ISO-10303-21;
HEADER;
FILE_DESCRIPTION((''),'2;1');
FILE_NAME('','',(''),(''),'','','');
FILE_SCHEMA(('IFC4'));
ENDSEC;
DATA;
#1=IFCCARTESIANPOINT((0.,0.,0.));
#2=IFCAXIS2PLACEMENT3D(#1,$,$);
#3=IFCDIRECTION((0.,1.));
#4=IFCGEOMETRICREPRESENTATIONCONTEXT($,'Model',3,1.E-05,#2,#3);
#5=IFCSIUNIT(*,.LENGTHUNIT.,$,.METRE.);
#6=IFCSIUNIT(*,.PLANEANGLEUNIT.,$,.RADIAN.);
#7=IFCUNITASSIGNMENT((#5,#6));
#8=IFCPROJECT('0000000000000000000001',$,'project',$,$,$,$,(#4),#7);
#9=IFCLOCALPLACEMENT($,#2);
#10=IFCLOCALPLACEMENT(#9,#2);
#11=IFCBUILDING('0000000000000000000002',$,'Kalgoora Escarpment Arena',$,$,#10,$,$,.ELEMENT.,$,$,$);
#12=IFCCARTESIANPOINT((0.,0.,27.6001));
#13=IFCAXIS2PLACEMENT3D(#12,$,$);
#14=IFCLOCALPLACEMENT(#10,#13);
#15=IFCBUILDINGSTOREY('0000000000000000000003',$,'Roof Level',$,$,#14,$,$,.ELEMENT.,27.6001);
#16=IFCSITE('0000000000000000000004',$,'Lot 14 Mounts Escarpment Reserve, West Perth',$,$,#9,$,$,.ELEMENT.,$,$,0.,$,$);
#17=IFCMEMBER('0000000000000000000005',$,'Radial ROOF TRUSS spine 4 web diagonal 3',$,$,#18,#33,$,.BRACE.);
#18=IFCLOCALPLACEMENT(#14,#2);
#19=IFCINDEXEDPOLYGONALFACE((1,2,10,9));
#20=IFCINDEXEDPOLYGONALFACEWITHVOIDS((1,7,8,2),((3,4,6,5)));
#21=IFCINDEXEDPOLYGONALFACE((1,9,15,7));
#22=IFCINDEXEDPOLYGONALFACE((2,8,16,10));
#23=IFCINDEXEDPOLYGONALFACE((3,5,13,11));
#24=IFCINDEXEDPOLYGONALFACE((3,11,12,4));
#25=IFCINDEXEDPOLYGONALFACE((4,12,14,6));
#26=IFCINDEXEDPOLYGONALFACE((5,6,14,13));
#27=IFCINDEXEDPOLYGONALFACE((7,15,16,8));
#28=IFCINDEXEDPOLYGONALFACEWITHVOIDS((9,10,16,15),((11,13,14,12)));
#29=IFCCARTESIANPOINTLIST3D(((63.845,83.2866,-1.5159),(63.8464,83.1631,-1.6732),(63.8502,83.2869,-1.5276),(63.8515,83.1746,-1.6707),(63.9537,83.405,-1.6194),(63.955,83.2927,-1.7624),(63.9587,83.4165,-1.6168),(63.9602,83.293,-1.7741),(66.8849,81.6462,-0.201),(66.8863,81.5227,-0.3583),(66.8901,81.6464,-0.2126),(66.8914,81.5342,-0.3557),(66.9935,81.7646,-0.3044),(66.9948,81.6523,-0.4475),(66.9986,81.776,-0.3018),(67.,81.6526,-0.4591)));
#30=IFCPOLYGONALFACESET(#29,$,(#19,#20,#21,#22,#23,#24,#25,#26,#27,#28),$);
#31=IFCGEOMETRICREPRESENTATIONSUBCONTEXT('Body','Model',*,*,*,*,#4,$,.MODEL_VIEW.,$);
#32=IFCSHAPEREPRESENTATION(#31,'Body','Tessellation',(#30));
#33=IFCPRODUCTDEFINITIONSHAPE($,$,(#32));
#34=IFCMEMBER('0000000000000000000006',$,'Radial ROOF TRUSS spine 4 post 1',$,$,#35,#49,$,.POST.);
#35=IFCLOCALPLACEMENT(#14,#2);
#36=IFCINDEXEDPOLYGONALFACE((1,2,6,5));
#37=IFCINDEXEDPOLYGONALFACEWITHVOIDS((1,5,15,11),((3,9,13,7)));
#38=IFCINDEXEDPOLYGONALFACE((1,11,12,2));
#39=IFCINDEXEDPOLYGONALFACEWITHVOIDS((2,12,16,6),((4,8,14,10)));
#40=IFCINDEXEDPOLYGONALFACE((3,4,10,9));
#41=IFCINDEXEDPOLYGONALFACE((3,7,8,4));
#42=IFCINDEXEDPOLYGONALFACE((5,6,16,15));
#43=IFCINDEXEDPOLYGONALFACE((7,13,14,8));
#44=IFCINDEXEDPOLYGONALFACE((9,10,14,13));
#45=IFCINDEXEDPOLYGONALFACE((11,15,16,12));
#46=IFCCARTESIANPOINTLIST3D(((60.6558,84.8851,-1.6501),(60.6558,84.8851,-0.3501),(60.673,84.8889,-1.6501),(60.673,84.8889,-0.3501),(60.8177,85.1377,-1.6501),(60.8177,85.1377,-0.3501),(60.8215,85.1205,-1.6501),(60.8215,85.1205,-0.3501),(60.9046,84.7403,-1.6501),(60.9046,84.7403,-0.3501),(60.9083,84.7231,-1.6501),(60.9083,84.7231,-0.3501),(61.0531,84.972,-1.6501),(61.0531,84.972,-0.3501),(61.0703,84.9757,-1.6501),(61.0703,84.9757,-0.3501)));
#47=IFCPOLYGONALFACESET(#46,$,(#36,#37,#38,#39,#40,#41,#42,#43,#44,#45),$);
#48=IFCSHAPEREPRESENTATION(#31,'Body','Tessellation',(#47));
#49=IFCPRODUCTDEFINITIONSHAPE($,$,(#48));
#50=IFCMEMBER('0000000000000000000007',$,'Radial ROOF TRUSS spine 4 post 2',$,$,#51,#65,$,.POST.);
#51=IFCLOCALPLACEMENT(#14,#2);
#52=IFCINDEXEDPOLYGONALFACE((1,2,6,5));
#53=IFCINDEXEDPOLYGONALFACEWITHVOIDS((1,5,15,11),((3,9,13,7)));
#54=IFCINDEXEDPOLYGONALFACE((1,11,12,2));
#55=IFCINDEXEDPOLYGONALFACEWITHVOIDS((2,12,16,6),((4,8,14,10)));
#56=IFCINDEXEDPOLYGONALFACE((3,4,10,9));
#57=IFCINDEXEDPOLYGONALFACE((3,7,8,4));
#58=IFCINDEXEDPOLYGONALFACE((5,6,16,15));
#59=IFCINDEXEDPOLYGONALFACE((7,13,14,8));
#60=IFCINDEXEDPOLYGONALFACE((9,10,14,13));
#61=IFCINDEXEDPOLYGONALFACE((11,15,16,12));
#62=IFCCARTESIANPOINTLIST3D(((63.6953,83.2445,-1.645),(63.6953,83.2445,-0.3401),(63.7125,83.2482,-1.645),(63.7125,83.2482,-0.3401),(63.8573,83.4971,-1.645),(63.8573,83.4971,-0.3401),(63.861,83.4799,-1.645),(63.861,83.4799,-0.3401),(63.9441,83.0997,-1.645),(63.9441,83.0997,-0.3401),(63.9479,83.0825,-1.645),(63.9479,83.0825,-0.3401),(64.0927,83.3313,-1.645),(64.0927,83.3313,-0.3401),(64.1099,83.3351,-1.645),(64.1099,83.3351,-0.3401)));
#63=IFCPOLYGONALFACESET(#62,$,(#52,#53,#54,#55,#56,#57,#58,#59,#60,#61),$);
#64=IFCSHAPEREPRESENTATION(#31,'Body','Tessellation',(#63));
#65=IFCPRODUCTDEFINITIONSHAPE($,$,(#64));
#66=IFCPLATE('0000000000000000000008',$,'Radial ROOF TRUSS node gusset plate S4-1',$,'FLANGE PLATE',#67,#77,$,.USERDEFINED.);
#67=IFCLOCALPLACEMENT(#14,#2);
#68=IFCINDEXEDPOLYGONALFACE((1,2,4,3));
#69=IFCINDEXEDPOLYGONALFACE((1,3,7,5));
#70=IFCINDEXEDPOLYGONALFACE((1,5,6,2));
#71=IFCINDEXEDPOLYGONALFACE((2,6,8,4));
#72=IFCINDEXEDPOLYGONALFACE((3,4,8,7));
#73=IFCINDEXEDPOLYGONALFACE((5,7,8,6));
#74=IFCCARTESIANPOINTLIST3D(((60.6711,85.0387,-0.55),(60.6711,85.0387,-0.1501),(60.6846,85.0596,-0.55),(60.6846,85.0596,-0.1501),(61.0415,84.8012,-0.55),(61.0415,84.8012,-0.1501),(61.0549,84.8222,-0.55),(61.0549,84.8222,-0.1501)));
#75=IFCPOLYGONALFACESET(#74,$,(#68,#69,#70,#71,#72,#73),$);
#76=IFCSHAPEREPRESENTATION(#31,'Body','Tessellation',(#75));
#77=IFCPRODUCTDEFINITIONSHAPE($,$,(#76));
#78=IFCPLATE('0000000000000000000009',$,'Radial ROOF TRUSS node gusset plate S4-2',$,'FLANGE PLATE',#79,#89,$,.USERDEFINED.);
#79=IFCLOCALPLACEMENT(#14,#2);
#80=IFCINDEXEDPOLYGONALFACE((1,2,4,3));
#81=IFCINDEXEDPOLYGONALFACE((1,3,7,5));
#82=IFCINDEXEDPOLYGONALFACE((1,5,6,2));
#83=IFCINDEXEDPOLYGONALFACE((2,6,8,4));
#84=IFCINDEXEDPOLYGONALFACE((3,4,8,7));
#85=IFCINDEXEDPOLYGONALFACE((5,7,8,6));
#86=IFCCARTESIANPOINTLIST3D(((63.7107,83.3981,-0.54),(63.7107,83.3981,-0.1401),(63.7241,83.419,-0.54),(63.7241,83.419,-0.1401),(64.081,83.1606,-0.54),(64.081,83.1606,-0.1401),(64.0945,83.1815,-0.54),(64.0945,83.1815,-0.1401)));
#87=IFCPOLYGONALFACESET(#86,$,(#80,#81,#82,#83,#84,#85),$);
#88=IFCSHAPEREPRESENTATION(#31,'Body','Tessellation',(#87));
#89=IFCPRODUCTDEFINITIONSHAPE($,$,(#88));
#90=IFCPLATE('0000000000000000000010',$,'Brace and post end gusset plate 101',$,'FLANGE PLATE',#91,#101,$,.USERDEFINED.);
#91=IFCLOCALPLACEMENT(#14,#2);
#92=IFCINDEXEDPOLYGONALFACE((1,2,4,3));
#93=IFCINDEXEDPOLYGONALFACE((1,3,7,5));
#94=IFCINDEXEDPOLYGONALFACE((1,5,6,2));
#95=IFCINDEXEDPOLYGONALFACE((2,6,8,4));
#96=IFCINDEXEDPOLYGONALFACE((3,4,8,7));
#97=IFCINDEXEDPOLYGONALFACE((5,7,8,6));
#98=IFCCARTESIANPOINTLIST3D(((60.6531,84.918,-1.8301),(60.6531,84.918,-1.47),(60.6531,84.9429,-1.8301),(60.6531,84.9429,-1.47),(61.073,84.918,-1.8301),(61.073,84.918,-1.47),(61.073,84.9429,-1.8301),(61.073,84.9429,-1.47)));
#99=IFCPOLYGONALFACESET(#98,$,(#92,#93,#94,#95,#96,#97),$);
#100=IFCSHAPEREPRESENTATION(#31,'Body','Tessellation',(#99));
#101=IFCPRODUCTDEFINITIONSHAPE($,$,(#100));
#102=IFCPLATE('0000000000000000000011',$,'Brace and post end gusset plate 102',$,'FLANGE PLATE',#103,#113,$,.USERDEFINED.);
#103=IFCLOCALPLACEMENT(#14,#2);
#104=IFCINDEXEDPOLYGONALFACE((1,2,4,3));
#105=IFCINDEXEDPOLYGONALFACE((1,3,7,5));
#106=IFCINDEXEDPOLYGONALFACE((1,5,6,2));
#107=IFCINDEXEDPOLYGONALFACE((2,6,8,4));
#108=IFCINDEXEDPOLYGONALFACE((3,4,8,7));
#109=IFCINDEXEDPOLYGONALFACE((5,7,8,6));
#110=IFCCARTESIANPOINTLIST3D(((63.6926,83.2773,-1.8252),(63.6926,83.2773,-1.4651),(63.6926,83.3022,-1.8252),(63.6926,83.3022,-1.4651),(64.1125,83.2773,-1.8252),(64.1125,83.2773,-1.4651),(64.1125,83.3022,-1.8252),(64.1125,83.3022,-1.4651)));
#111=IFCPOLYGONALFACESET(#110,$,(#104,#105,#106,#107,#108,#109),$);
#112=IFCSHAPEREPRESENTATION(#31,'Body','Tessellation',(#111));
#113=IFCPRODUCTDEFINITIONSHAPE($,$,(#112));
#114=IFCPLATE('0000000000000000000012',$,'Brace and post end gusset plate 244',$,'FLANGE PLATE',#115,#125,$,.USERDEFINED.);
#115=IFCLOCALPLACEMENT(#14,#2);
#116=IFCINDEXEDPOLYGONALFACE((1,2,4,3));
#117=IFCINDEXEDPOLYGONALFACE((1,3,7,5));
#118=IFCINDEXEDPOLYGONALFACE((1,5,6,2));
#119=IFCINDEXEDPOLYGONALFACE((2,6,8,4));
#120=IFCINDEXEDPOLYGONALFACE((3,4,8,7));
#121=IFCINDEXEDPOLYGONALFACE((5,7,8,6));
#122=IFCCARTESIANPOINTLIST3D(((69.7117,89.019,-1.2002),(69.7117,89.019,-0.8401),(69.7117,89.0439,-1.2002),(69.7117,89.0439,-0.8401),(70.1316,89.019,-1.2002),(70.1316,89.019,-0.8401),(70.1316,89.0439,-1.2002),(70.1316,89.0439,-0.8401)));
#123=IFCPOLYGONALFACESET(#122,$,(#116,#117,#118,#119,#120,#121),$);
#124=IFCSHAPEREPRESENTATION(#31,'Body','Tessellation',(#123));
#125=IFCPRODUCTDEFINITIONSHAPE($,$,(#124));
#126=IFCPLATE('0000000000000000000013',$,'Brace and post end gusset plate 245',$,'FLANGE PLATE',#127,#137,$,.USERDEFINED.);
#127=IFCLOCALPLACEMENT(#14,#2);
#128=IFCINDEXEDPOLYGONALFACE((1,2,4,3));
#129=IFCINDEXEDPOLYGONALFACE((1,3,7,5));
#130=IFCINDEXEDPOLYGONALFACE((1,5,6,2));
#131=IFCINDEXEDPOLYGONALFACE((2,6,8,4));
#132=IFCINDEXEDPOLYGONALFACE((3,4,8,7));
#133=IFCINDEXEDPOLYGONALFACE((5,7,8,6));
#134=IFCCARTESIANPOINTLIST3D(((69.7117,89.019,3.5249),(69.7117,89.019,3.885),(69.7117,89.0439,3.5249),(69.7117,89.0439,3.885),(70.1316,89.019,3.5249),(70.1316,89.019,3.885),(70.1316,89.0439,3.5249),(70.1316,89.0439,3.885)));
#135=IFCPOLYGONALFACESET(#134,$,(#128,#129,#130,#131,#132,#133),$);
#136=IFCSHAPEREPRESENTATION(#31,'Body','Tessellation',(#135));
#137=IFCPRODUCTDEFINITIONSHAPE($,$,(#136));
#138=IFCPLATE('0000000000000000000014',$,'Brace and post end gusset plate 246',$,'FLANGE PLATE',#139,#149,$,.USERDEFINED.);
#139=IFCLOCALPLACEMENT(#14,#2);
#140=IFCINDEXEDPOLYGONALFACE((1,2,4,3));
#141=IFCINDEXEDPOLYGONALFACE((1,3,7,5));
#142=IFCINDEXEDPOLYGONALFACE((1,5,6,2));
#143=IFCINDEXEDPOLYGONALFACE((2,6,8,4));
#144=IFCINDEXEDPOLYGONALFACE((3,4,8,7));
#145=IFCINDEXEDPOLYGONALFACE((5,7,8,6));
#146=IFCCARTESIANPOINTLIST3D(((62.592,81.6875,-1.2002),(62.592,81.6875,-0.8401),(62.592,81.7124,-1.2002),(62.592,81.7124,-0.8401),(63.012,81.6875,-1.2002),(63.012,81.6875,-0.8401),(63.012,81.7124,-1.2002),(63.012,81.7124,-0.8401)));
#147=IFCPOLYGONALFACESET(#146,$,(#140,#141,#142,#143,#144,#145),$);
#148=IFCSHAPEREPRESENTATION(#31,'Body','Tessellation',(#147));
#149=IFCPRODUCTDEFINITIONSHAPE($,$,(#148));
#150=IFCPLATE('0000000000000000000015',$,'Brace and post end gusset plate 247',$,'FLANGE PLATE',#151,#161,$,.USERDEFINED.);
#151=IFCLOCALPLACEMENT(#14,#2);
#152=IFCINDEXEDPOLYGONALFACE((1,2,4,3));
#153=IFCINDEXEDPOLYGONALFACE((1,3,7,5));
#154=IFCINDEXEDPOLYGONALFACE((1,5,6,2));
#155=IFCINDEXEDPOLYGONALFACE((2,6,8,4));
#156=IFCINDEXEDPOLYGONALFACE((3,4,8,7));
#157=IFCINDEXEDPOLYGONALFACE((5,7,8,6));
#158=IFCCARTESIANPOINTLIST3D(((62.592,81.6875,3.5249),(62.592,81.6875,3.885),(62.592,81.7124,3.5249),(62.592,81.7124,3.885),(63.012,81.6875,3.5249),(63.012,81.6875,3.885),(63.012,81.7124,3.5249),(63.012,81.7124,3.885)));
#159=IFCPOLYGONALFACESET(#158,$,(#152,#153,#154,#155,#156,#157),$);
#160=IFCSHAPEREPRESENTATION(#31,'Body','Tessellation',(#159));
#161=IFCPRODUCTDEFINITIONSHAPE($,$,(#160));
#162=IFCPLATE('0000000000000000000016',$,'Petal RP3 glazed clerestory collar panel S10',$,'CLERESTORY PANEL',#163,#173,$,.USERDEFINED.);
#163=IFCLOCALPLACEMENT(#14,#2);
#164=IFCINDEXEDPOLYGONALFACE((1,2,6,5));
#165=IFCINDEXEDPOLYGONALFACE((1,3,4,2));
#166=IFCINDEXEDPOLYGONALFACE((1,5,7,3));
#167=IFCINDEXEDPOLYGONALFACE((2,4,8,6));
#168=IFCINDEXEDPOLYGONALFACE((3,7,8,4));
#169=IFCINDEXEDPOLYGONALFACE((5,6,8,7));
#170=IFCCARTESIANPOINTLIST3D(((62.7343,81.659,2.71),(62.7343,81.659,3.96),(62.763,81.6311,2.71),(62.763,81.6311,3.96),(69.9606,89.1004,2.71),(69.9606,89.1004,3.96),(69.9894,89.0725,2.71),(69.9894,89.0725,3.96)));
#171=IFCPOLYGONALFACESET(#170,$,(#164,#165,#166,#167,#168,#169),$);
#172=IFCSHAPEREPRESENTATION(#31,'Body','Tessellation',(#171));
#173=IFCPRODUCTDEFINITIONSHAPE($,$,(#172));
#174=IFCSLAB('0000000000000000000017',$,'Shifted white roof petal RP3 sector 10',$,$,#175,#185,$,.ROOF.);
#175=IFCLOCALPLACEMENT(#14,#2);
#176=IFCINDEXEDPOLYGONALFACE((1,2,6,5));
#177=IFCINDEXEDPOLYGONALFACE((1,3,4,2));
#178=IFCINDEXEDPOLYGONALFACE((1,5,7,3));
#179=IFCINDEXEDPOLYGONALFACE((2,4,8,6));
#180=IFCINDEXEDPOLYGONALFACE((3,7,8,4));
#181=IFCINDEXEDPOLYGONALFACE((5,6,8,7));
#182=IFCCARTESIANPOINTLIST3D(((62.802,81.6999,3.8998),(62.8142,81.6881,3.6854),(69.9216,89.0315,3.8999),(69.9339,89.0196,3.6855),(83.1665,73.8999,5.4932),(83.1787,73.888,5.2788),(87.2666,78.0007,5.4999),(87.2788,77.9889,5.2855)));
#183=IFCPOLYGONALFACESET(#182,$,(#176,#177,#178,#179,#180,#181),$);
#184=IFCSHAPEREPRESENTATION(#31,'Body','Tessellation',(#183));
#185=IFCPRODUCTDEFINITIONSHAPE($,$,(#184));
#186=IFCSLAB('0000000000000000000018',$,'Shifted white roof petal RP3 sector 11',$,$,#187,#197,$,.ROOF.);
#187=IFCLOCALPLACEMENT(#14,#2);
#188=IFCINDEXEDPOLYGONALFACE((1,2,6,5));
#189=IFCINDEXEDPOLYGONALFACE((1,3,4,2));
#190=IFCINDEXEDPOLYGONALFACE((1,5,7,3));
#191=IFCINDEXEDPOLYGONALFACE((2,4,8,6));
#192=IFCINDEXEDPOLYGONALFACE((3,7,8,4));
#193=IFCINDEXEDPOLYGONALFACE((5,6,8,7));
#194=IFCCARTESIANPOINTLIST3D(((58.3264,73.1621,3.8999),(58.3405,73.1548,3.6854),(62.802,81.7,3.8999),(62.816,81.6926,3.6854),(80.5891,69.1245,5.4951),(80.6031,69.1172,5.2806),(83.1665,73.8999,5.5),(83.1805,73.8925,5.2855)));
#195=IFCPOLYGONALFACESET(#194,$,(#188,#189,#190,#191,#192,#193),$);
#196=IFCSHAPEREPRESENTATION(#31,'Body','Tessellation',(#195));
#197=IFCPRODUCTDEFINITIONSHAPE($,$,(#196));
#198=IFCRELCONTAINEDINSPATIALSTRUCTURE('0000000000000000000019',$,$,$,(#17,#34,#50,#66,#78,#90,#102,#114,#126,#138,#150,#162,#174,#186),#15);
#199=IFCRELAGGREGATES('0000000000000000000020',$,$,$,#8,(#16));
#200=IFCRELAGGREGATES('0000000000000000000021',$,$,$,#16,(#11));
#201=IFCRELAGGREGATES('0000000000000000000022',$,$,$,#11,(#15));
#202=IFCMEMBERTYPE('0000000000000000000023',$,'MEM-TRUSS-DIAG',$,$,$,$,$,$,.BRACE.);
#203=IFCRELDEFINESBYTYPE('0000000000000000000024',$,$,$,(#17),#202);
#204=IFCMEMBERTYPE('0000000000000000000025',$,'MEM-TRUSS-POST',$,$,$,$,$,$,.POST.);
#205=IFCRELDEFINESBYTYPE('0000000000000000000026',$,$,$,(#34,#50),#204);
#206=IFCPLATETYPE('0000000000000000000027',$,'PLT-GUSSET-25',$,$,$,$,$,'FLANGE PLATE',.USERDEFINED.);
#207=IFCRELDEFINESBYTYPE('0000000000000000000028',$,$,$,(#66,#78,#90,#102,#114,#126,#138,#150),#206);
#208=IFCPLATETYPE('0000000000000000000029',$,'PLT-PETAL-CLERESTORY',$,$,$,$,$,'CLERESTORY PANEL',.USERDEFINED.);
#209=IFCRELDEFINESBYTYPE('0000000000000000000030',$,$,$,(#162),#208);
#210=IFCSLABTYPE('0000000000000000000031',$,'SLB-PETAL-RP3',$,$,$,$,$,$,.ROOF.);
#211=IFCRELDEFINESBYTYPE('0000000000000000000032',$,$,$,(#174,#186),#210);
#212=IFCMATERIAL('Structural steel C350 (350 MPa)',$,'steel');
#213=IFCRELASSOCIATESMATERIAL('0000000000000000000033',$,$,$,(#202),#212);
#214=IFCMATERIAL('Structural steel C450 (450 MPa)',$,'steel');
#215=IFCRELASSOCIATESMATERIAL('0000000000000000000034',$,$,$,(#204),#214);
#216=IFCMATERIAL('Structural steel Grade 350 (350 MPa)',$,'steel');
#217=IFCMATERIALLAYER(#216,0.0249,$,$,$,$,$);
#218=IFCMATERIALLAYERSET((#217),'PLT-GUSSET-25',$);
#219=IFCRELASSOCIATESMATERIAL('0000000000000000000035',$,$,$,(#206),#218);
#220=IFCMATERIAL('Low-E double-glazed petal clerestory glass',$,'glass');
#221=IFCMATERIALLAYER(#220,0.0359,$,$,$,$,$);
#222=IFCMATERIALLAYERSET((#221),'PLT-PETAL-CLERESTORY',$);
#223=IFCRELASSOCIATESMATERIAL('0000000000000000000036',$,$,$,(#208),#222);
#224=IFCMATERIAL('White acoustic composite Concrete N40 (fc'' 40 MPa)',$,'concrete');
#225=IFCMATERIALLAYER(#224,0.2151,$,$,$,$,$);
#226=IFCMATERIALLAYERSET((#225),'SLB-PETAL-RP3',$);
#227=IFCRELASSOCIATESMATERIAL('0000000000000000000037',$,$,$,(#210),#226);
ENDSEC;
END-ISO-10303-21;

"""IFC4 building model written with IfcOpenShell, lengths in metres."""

from ifc_helpers import new_model, si_unit, direction, frame, origin, origin_2d, place, context, subcontext, project, spatial, polyline, rectangle, hollow_rectangle, outline, extrude, material, layer, layer_set, material_profile, profile_set, type_object, element, save


model = new_model("IFC4")

# Units and contexts
model_context = context("Model", 3, precision=1e-05, world=origin(), true_north=direction((0.0, 1.0)))
body_context = subcontext(model_context, "Body", "Model", "MODEL_VIEW")
ifc_project = project(units=[si_unit("LENGTHUNIT", "METRE"), si_unit("PLANEANGLEUNIT", "RADIAN")], contexts=[model_context])

# Site, building, storey
site_placement = place(None, origin())
site = spatial("IfcSite", under=ifc_project, at=site_placement, Name="Lot 14 Mounts Escarpment Reserve, West Perth", CompositionType="ELEMENT", RefElevation=0.0)
building_placement = place(site_placement, origin())
building = spatial("IfcBuilding", under=site, at=building_placement, Name="Kalgoora Escarpment Arena", CompositionType="ELEMENT")
storey_placement = place(building_placement, frame((0.0, 0.0, 27.6001)))
storey = spatial("IfcBuildingStorey", under=building, at=storey_placement, Name="Roof Level", CompositionType="ELEMENT", Elevation=27.6001)

# Members
ifc_material_1 = material(Name="Structural steel C350 (350 MPa)", Category="steel")
ifc_material_profile_1 = material_profile(ifc_material_1, hollow_rectangle(XDim=0.2, YDim=0.2, WallThickness=0.009, at=origin_2d()))
ifc_profile_set_1 = profile_set([ifc_material_profile_1], Name="Structural steel C350 (350 MPa)")
member_type_1 = type_object("IfcMemberType", Name="MEM-TRUSS-DIAG", PredefinedType="BRACE", material=ifc_profile_set_1)
member_1_placement = place(storey_placement, frame((63.9026, 83.2898, -1.645), z_axis=(0.82246, -0.443828, 0.355776), x_axis=(0.568778, 0.649608, -0.504481)))
element("IfcMember", 1, at=member_1_placement, inside=storey, type_object=member_type_1, Name="Radial ROOF TRUSS spine 4 web diagonal 3", PredefinedType="BRACE", context=body_context, shape_type="SweptSolid", body=[
    extrude(hollow_rectangle(XDim=0.2, YDim=0.2, WallThickness=0.009, at=origin_2d()), origin(), (0.0, 0.0, 1.0), 3.696),
])
ifc_material_2 = material(Name="Structural steel C450 (450 MPa)", Category="steel")
ifc_material_profile_2 = material_profile(ifc_material_2, hollow_rectangle(XDim=0.3, YDim=0.3, WallThickness=0.0125, at=origin_2d()))
ifc_profile_set_2 = profile_set([ifc_material_profile_2], Name="Structural steel C450 (450 MPa)")
member_type_2 = type_object("IfcMemberType", Name="MEM-TRUSS-POST", PredefinedType="POST", material=ifc_profile_set_2)
member_2_placement = place(storey_placement, frame((60.863, 84.9304, -1.6501), z_axis=(0.0, 0.0, 1.0), x_axis=(0.841794, -0.5398, 0.0)))
element("IfcMember", 2, at=member_2_placement, inside=storey, type_object=member_type_2, Name="Radial ROOF TRUSS spine 4 post 1", PredefinedType="POST", context=body_context, shape_type="SweptSolid", body=[
    extrude(hollow_rectangle(XDim=0.3, YDim=0.3, WallThickness=0.0125, at=origin_2d()), origin(), (0.0, 0.0, 1.0), 1.3),
])
member_3_placement = place(storey_placement, frame((63.9026, 83.2898, -1.645), z_axis=(0.0, 0.0, 1.0), x_axis=(0.841794, -0.5398, 0.0)))
element("IfcMember", 3, at=member_3_placement, inside=storey, type_object=member_type_2, Name="Radial ROOF TRUSS spine 4 post 2", PredefinedType="POST", context=body_context, shape_type="SweptSolid", body=[
    extrude(hollow_rectangle(XDim=0.3, YDim=0.3, WallThickness=0.0125, at=origin_2d()), origin(), (0.0, 0.0, 1.0), 1.3049),
])

# Plates
ifc_material_3 = material(Name="Structural steel Grade 350 (350 MPa)", Category="steel")
ifc_layer_1 = layer(ifc_material_3, 0.0249)
ifc_layer_set_1 = layer_set([ifc_layer_1], Name="PLT-GUSSET-25")
plate_type_1 = type_object("IfcPlateType", Name="PLT-GUSSET-25", ElementType="FLANGE PLATE", PredefinedType="USERDEFINED", material=ifc_layer_set_1)
for number, where, z_axis, x_axis, name in (
    (4, (60.863, 84.9304, -0.55), (0.0, 0.0, 1.0), (0.841794, -0.5398, 0.0), "Radial ROOF TRUSS node gusset plate S4-1"),
    (5, (63.9026, 83.2898, -0.54), (0.0, 0.0, 1.0), (0.841794, -0.5398, 0.0), "Radial ROOF TRUSS node gusset plate S4-2"),
):
    element("IfcPlate", number, at=place(storey_placement, frame(where, z_axis=z_axis, x_axis=x_axis)), inside=storey, type_object=plate_type_1, Name=name, ObjectType="FLANGE PLATE", PredefinedType="USERDEFINED", context=body_context, shape_type="SweptSolid", body=[
        extrude(rectangle(XDim=0.4399, YDim=0.0249, at=origin_2d()), origin(), (0.0, 0.0, 1.0), 0.3999),
    ])
for number, where, z_axis, x_axis, name in (
    (6, (60.863, 84.9304, -1.8301), (0.0, 0.0, 1.0), (1.0, 0.0, 0.0), "Brace and post end gusset plate 101"),
    (7, (63.9026, 83.2898, -1.8252), (0.0, 0.0, 1.0), (1.0, 0.0, 0.0), "Brace and post end gusset plate 102"),
    (8, (69.9216, 89.0315, -1.2002), (0.0, 0.0, 1.0), (1.0, 0.0, 0.0), "Brace and post end gusset plate 244"),
    (9, (69.9216, 89.0315, 3.5249), (0.0, 0.0, 1.0), (1.0, 0.0, 0.0), "Brace and post end gusset plate 245"),
    (10, (62.802, 81.7, -1.2002), (0.0, 0.0, 1.0), (1.0, 0.0, 0.0), "Brace and post end gusset plate 246"),
    (11, (62.802, 81.7, 3.5249), (0.0, 0.0, 1.0), (1.0, 0.0, 0.0), "Brace and post end gusset plate 247"),
):
    element("IfcPlate", number, at=place(storey_placement, frame(where, z_axis=z_axis, x_axis=x_axis)), inside=storey, type_object=plate_type_1, Name=name, ObjectType="FLANGE PLATE", PredefinedType="USERDEFINED", context=body_context, shape_type="SweptSolid", body=[
        extrude(rectangle(XDim=0.4199, YDim=0.0249, at=origin_2d()), origin(), (0.0, 0.0, 1.0), 0.3601),
    ])
ifc_material_4 = material(Name="Low-E double-glazed petal clerestory glass", Category="glass")
ifc_layer_2 = layer(ifc_material_4, 0.0359)
ifc_layer_set_2 = layer_set([ifc_layer_2], Name="PLT-PETAL-CLERESTORY")
plate_type_2 = type_object("IfcPlateType", Name="PLT-PETAL-CLERESTORY", ElementType="CLERESTORY PANEL", PredefinedType="USERDEFINED", material=ifc_layer_set_2)
plate_placement = place(storey_placement, frame((66.3618, 85.3657, 2.71), z_axis=(0.0, 0.0, 1.0), x_axis=(-0.696664, -0.717397, 0.0)))
element("IfcPlate", 12, at=plate_placement, inside=storey, type_object=plate_type_2, Name="Petal RP3 glazed clerestory collar panel S10", ObjectType="CLERESTORY PANEL", PredefinedType="USERDEFINED", context=body_context, shape_type="SweptSolid", body=[
    extrude(rectangle(XDim=10.3728, YDim=0.04, at=origin_2d()), origin(), (0.0, 0.0, 1.0), 1.25),
])

# Slabs
ifc_material_5 = material(Name="White acoustic composite Concrete N40 (fc' 40 MPa)", Category="concrete")
ifc_layer_3 = layer(ifc_material_5, 0.2151)
ifc_layer_set_3 = layer_set([ifc_layer_3], Name="SLB-PETAL-RP3")
slab_type = type_object("IfcSlabType", Name="SLB-PETAL-RP3", PredefinedType="ROOF", material=ifc_layer_set_3)
slab_1_placement = place(storey_placement, frame((69.9216, 89.0315, 3.8999), z_axis=(-0.056852, 0.055199, 0.996855), x_axis=(-0.696662, -0.717399, -0.000007)))
element("IfcSlab", 13, at=slab_1_placement, inside=storey, type_object=slab_type, Name="Shifted white roof petal RP3 sector 10", PredefinedType="ROOF", context=body_context, shape_type="SweptSolid", body=[
    extrude(outline(polyline([(0.0, 0.0), (10.2196, 0.0), (1.6282, 20.1067), (-4.1701, 20.1915), (0.0, 0.0)])), origin(), (0.0, 0.0, -1.0), 0.2151),
])
slab_2_placement = place(storey_placement, frame((62.802, 81.7, 3.8999), z_axis=(-0.065257, 0.034205, 0.997282), x_axis=(-0.464282, -0.885687, -0.000002)))
element("IfcSlab", 14, at=slab_2_placement, inside=storey, type_object=slab_type, Name="Shifted white roof petal RP3 sector 11", PredefinedType="ROOF", context=body_context, shape_type="SweptSolid", body=[
    extrude(outline(polyline([(0.0, 0.0), (9.6398, 0.0), (2.8797, 21.6512), (-2.5465, 21.717), (0.0, 0.0)])), origin(), (0.0, 0.0, -1.0), 0.2151),
])

save(model, "model.ifc")
